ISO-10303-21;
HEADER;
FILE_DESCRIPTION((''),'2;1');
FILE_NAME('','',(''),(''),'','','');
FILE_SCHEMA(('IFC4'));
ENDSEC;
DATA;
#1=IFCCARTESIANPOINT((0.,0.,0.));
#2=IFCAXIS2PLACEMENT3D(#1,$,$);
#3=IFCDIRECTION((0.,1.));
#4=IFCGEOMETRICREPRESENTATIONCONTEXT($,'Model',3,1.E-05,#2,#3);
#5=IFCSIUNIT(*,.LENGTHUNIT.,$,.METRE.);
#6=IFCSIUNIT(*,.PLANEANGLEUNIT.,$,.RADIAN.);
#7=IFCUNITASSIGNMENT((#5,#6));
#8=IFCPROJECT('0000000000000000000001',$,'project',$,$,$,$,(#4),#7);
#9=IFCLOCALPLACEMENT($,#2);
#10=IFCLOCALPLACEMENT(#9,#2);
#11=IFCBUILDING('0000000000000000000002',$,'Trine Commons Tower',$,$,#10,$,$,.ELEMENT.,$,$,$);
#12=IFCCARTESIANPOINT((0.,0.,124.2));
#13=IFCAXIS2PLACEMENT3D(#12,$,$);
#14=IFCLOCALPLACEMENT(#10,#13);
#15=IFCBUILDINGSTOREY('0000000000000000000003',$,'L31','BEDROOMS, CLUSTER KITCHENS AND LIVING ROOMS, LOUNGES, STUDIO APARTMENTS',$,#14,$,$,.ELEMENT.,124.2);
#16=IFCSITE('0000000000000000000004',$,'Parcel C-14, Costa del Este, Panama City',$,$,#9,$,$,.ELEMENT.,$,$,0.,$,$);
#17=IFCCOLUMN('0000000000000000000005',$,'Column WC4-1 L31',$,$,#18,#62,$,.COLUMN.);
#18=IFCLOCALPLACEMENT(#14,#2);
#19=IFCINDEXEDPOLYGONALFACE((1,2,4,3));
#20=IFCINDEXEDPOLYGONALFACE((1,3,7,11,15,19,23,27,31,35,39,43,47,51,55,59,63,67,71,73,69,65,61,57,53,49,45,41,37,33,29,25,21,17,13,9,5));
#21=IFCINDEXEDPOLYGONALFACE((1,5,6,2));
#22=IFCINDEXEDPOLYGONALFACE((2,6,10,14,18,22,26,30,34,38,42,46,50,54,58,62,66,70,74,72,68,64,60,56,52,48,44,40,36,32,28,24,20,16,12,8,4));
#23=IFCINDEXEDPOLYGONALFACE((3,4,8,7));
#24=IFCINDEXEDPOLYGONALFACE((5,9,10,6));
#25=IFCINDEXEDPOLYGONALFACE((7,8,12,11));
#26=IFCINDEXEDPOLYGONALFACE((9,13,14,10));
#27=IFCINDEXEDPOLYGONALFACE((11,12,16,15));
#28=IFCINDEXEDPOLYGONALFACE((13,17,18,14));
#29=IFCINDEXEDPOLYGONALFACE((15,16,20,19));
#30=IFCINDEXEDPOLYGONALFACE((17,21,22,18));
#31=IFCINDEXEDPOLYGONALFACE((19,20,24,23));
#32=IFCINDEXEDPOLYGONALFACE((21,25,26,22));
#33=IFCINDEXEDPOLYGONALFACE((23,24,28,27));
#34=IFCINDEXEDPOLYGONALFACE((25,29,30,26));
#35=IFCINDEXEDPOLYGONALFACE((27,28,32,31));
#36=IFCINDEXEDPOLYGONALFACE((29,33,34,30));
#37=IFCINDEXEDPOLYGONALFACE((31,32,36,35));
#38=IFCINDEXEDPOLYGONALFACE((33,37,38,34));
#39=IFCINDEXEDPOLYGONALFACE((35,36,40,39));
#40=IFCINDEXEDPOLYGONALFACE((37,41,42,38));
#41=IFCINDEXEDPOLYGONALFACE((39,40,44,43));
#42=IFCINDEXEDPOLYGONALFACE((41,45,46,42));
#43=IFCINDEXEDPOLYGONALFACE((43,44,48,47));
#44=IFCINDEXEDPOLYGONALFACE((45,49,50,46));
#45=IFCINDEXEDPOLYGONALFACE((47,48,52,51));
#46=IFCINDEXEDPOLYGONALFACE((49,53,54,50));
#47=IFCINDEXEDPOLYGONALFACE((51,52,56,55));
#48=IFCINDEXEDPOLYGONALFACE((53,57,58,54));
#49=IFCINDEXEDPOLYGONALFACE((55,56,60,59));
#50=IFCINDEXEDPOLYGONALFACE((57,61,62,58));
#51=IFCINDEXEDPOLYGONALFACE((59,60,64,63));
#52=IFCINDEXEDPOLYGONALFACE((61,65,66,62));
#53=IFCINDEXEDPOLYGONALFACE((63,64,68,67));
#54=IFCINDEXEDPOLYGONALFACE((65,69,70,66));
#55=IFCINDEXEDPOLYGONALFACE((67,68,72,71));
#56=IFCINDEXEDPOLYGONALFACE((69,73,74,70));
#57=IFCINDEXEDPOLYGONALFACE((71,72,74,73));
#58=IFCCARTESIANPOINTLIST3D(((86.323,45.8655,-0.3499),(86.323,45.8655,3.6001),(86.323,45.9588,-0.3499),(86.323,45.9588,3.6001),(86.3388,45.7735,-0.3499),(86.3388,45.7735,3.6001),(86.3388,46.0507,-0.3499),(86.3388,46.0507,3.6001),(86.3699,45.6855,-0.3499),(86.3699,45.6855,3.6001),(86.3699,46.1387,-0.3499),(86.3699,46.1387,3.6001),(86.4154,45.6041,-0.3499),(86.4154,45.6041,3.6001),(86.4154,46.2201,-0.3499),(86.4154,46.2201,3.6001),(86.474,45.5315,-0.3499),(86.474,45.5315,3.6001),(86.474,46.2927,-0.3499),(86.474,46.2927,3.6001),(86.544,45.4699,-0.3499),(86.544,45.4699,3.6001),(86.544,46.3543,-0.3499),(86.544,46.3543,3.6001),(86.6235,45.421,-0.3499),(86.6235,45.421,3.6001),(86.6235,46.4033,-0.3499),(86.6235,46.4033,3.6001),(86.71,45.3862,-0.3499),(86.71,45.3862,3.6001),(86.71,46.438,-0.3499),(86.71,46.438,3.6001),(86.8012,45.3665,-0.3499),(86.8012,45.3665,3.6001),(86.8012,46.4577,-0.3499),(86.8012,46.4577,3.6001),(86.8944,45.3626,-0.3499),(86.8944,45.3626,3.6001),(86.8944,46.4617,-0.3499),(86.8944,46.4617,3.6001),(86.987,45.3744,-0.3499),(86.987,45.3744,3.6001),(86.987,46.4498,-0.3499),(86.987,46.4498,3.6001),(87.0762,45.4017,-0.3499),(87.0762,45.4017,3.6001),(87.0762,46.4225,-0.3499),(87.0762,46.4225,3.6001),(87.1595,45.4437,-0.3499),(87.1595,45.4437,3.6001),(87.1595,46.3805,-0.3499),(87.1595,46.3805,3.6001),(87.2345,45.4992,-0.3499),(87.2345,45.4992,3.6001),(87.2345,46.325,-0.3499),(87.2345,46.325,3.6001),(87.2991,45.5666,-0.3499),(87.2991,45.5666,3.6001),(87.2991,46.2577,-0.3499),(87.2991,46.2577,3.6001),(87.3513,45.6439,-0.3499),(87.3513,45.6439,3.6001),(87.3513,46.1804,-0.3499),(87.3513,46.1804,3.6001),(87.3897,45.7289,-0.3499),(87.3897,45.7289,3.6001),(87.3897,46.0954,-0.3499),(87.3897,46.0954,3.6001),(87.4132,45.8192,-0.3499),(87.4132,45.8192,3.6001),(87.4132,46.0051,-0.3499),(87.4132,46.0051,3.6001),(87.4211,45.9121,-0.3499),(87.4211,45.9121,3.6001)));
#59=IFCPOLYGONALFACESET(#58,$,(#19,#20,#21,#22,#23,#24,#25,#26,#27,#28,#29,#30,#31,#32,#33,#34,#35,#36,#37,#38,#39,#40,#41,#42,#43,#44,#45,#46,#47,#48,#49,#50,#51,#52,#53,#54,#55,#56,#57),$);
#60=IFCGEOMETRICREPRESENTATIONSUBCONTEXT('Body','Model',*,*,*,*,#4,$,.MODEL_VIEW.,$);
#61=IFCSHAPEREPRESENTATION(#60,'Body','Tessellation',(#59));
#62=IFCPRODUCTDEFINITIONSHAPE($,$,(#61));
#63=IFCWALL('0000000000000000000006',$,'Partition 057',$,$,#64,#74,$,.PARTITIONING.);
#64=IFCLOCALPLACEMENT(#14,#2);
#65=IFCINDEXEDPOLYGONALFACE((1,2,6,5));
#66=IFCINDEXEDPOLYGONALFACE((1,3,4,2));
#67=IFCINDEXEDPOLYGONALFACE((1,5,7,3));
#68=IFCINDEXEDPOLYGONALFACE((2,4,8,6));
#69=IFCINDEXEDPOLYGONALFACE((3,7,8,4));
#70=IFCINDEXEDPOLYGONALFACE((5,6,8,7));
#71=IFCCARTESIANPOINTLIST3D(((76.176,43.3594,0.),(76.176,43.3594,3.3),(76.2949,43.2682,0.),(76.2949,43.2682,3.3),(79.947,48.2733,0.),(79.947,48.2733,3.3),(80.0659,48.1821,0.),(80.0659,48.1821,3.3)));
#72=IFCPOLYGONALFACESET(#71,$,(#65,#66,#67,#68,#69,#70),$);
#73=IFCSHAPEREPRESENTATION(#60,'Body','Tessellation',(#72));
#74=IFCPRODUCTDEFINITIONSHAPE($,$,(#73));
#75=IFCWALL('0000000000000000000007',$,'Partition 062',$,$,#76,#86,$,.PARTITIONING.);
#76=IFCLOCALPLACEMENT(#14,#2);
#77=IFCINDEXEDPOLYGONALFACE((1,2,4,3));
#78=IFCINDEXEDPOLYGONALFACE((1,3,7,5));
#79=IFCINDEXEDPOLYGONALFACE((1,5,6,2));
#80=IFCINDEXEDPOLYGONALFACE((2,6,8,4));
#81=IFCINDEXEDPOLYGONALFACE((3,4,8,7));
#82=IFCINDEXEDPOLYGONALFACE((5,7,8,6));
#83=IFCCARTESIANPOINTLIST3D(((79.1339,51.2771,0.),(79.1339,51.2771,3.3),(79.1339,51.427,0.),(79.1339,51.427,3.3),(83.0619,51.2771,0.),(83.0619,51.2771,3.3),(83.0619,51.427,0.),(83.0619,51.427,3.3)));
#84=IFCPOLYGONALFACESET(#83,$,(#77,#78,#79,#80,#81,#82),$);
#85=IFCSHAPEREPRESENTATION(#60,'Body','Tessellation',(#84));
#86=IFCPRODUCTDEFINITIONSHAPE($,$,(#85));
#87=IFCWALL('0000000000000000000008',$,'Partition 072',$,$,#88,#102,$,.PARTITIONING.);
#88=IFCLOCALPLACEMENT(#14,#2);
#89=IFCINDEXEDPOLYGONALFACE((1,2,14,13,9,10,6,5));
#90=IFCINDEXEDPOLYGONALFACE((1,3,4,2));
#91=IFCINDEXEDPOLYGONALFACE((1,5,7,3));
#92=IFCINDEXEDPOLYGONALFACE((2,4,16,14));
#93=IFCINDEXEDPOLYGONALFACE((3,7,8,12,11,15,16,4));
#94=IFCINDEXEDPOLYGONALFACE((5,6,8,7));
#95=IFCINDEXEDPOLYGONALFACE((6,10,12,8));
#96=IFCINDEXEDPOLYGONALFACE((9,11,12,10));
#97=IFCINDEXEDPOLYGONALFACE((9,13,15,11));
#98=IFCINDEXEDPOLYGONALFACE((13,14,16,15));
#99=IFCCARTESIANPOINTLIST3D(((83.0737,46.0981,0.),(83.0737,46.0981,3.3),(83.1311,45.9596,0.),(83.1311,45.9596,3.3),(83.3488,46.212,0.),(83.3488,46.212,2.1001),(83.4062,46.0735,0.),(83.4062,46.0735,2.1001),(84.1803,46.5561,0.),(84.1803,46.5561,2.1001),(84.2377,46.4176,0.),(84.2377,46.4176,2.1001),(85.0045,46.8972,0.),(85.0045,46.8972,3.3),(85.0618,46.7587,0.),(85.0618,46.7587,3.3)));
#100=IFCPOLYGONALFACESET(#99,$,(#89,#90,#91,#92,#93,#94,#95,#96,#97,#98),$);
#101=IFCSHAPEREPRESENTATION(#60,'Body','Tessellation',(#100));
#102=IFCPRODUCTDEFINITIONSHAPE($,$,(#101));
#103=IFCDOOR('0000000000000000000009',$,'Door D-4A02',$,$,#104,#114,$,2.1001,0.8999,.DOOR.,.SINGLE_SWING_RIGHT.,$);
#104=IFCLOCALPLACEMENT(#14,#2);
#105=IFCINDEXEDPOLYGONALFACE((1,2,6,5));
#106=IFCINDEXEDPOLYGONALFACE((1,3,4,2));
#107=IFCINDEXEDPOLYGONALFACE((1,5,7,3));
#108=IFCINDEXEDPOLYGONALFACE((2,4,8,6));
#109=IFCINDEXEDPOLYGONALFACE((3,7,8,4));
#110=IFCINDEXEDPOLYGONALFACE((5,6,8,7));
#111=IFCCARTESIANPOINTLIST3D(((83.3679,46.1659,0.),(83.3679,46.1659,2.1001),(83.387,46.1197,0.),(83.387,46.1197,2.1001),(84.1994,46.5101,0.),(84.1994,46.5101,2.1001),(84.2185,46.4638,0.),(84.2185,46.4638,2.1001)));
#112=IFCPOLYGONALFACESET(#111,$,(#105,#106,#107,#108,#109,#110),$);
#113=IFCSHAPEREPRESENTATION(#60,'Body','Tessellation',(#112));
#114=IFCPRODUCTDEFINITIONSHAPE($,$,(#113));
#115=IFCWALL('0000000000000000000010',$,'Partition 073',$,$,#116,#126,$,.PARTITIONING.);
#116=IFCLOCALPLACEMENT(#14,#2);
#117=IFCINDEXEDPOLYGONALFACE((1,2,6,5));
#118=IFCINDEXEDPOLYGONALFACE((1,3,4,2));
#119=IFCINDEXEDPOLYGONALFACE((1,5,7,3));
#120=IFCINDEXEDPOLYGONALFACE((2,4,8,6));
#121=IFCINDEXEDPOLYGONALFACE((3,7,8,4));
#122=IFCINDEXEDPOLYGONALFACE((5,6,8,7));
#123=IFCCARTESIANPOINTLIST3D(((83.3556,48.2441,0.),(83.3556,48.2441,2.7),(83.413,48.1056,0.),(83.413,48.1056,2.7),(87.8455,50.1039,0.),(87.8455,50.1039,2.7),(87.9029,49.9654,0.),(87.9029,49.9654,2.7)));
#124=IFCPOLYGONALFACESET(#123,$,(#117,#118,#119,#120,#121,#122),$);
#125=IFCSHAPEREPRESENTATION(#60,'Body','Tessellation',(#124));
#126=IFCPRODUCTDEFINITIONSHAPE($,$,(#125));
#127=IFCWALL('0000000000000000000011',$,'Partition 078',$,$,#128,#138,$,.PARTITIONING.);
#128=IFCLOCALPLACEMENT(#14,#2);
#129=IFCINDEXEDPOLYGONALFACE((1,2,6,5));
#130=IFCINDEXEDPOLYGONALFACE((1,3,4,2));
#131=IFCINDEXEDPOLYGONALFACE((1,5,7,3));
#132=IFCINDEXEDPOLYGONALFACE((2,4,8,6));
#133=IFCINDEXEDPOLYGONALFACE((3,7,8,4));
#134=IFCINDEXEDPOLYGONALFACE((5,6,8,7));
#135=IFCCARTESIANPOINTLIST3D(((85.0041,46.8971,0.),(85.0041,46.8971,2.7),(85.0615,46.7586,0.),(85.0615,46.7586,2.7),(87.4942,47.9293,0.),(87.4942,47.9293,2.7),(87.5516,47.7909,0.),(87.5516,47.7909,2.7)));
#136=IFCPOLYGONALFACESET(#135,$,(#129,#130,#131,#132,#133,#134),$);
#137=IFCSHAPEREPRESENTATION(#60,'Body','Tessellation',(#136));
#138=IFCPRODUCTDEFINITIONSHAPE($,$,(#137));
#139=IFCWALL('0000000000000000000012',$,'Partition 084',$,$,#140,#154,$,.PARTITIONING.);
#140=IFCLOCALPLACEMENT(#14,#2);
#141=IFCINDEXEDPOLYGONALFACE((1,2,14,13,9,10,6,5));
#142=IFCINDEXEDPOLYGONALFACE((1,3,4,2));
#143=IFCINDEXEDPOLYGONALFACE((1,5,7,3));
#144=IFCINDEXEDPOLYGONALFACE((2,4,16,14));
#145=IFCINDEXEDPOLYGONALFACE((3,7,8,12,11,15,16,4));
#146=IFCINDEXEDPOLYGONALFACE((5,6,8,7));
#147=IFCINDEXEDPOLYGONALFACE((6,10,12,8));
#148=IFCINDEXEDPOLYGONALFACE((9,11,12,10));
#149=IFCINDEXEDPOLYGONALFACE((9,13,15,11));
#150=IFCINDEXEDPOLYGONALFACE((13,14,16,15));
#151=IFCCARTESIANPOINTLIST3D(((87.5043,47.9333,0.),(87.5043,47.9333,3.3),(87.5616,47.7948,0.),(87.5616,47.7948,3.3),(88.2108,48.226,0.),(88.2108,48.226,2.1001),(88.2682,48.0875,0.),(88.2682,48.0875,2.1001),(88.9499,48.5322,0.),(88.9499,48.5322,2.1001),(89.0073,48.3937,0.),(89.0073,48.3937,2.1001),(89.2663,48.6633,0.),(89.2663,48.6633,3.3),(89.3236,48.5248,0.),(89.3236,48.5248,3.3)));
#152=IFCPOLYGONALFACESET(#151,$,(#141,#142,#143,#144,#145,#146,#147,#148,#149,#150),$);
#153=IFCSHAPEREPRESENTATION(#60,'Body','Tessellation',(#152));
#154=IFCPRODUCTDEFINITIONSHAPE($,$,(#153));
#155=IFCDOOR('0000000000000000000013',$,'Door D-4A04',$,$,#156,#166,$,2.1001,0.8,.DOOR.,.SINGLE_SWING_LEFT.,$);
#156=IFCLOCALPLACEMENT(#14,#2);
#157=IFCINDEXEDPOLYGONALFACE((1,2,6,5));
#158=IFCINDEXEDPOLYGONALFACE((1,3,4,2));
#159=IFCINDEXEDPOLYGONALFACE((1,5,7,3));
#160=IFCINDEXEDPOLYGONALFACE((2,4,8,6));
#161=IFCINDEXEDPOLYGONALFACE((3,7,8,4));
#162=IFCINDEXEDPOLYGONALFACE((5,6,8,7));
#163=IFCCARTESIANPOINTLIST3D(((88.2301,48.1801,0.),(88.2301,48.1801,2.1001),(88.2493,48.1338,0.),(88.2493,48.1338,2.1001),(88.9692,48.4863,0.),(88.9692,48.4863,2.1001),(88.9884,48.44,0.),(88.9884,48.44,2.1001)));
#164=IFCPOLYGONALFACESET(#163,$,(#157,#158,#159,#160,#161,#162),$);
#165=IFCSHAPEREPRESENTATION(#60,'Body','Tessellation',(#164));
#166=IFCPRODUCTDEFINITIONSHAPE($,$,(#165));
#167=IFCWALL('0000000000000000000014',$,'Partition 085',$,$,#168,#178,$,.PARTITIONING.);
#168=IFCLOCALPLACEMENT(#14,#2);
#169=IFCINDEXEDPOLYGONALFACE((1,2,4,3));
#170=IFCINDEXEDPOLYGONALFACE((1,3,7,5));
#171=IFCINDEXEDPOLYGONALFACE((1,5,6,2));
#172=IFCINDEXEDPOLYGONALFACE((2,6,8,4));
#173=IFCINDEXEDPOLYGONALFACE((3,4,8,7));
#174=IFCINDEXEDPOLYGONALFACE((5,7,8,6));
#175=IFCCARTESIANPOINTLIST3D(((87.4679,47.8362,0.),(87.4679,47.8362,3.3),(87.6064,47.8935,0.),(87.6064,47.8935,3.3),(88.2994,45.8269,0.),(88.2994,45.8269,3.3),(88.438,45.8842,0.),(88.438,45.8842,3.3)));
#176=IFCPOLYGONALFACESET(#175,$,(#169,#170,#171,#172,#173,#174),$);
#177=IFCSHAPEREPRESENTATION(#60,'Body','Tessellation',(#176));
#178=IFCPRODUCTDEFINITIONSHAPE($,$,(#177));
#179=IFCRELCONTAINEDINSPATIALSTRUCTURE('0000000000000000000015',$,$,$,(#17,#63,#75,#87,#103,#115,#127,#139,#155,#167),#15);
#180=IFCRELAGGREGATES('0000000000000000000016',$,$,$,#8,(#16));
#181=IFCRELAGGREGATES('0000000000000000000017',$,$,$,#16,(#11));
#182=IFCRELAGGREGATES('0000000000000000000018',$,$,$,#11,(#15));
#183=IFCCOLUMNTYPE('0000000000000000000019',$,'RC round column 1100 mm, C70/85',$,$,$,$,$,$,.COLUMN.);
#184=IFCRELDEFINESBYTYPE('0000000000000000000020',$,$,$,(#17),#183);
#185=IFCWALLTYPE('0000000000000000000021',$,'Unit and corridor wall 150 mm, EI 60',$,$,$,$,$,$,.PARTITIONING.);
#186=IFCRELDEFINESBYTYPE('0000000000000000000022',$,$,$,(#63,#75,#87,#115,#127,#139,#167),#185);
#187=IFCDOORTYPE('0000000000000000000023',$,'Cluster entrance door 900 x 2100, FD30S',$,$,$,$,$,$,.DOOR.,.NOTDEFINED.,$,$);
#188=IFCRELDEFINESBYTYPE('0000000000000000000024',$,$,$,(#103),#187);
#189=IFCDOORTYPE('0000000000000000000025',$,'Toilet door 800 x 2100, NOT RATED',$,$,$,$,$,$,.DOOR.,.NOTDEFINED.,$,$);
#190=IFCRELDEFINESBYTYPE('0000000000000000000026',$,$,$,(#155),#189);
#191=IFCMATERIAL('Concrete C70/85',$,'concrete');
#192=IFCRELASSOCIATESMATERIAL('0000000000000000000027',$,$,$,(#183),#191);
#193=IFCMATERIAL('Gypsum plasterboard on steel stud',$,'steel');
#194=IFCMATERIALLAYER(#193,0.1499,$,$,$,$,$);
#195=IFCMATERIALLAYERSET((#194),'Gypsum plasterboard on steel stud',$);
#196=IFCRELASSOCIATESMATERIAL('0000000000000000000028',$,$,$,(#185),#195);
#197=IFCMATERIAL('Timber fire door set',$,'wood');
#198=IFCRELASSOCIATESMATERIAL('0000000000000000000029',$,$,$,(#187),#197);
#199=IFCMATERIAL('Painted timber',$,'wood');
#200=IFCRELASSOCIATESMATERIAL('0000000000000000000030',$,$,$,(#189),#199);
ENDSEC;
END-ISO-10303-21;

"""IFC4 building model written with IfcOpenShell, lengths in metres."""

from ifc_helpers import new_model, si_unit, direction, frame, frame_2d, origin, origin_2d, place, context, subcontext, project, spatial, rectangle, circle, extrude, material, layer, layer_set, material_profile, profile_set, type_object, element, fill, save


model = new_model("IFC4")

# Units and contexts
model_context = context("Model", 3, precision=1e-05, world=origin(), true_north=direction((0.0, 1.0)))
body_context = subcontext(model_context, "Body", "Model", "MODEL_VIEW")
ifc_project = project(units=[si_unit("LENGTHUNIT", "METRE"), si_unit("PLANEANGLEUNIT", "RADIAN")], contexts=[model_context])

# Site, building, storey
site_placement = place(None, origin())
site = spatial("IfcSite", under=ifc_project, at=site_placement, Name="Parcel C-14, Costa del Este, Panama City", CompositionType="ELEMENT", RefElevation=0.0)
building_placement = place(site_placement, origin())
building = spatial("IfcBuilding", under=site, at=building_placement, Name="Trine Commons Tower", CompositionType="ELEMENT")
storey_placement = place(building_placement, frame((0.0, 0.0, 124.2)))
storey = spatial("IfcBuildingStorey", under=building, at=storey_placement, Name="L31", Description="BEDROOMS, CLUSTER KITCHENS AND LIVING ROOMS, LOUNGES, STUDIO APARTMENTS", CompositionType="ELEMENT", Elevation=124.2)

# Column
ifc_material_1 = material(Name="Concrete C70/85", Category="concrete")
ifc_material_profile = material_profile(ifc_material_1, circle(Radius=0.55, at=origin_2d()), Name="RC round 1100")
ifc_profile_set = profile_set([ifc_material_profile], Name="Concrete C70/85")
column_type = type_object("IfcColumnType", Name="RC round column 1100 mm, C70/85", PredefinedType="COLUMN", material=ifc_profile_set)
column_placement = place(storey_placement, frame((86.8711, 45.9121, -0.3499), z_axis=(0.0, 0.0, 1.0), x_axis=(1.0, 0.0, 0.0)))
element("IfcColumn", 1, at=column_placement, inside=storey, type_object=column_type, Name="Column WC4-1 L31", PredefinedType="COLUMN", context=body_context, shape_type="SweptSolid", body=[
    extrude(circle(Radius=0.55, at=origin_2d()), origin(), (0.0, 0.0, 1.0), 3.95),
])

# Walls
ifc_material_2 = material(Name="Gypsum plasterboard on steel stud", Category="steel")
ifc_layer_1 = layer(ifc_material_2, 0.1499)
ifc_layer_set_1 = layer_set([ifc_layer_1], Name="Gypsum plasterboard on steel stud")
wall_type_1 = type_object("IfcWallType", Name="Unit and corridor wall 150 mm, EI 60", PredefinedType="PARTITIONING", material=ifc_layer_set_1)
wall_1_placement = place(storey_placement, frame((76.2354, 43.3137, 0.0), z_axis=(0.0, 0.0, 1.0), x_axis=(0.608811, 0.793315, 0.0)))
element("IfcWall", 2, at=wall_1_placement, inside=storey, type_object=wall_type_1, Name="Partition 057", PredefinedType="PARTITIONING", context=body_context, shape_type="SweptSolid", body=[
    extrude(rectangle(XDim=6.1941, YDim=0.1499, at=frame_2d((3.0972, 0.0))), origin(), (0.0, 0.0, 1.0), 3.3),
])
wall_2_placement = place(storey_placement, frame((79.134, 51.3521, 0.0), z_axis=(0.0, 0.0, 1.0), x_axis=(1.0, 0.0, 0.0)))
element("IfcWall", 3, at=wall_2_placement, inside=storey, type_object=wall_type_1, Name="Partition 062", PredefinedType="PARTITIONING", context=body_context, shape_type="SweptSolid", body=[
    extrude(rectangle(XDim=3.928, YDim=0.1499, at=frame_2d((1.9639, 0.0))), origin(), (0.0, 0.0, 1.0), 3.3),
])

# Wall, opening, door
wall_3_placement = place(storey_placement, frame((83.1023, 46.0288, 0.0), z_axis=(0.0, 0.0, 1.0), x_axis=(0.923987, 0.382424, 0.0)))
wall_3 = element("IfcWall", 4, at=wall_3_placement, inside=storey, type_object=wall_type_1, Name="Partition 072", PredefinedType="PARTITIONING", context=body_context, shape_type="SweptSolid", body=[
    extrude(rectangle(XDim=2.0896, YDim=0.1499, at=frame_2d((1.0449, 0.0))), origin(), (0.0, 0.0, 1.0), 3.3),
])
opening_1_placement = place(wall_3_placement, frame((0.2979, 0.0, 0.0)))
opening_1 = element("IfcOpeningElement", 5, at=opening_1_placement, cuts=wall_3, PredefinedType="OPENING", context=body_context, shape_type="SweptSolid", body=[
    extrude(rectangle(XDim=0.8999, YDim=2.1001, at=frame_2d((0.45, 1.05))), frame((0.0, 0.085, 0.0), z_axis=(0.0, -1.0, 0.0), x_axis=(1.0, 0.0, 0.0)), (0.0, 0.0, 1.0), 0.1699),
])
ifc_material_3 = material(Name="Timber fire door set", Category="wood")
door_type_1 = type_object("IfcDoorType", Name="Cluster entrance door 900 x 2100, FD30S", OperationType="NOTDEFINED", PredefinedType="DOOR", material=ifc_material_3)
door_1_placement = place(opening_1_placement, frame((0.8999, 0.0, 0.0), z_axis=(0.0, 0.0, 1.0), x_axis=(-1.0, 0.0, 0.0)))
door_1 = element("IfcDoor", 6, at=door_1_placement, inside=storey, type_object=door_type_1, Name="Door D-4A02", OperationType="SINGLE_SWING_RIGHT", OverallHeight=2.1001, OverallWidth=0.8999, PredefinedType="DOOR", context=body_context, shape_type="SweptSolid", body=[
    extrude(rectangle(XDim=0.8999, YDim=2.1001, at=frame_2d((0.45, 1.05))), frame((0.0, 0.0249, 0.0), z_axis=(0.0, -1.0, 0.0), x_axis=(1.0, 0.0, 0.0)), (0.0, 0.0, 1.0), 0.05),
])
fill(opening_1, door_1)

# Walls
wall_4_placement = place(storey_placement, frame((83.3843, 48.1748, 0.0), z_axis=(0.0, 0.0, 1.0), x_axis=(0.923876, 0.382692, 0.0)))
element("IfcWall", 7, at=wall_4_placement, inside=storey, type_object=wall_type_1, Name="Partition 073", PredefinedType="PARTITIONING", context=body_context, shape_type="SweptSolid", body=[
    extrude(rectangle(XDim=4.8599, YDim=0.1499, at=frame_2d((2.4299, 0.0))), origin(), (0.0, 0.0, 1.0), 2.7),
])
wall_5_placement = place(storey_placement, frame((85.033, 46.8279, 0.0), z_axis=(0.0, 0.0, 1.0), x_axis=(0.923769, 0.382949, 0.0)))
element("IfcWall", 8, at=wall_5_placement, inside=storey, type_object=wall_type_1, Name="Partition 078", PredefinedType="PARTITIONING", context=body_context, shape_type="SweptSolid", body=[
    extrude(rectangle(XDim=2.6956, YDim=0.1499, at=frame_2d((1.3477, 0.0))), origin(), (0.0, 0.0, 1.0), 2.7),
])

# Wall, opening, door
wall_6_placement = place(storey_placement, frame((87.533, 47.864, 0.0), z_axis=(0.0, 0.0, 1.0), x_axis=(0.923851, 0.382751, 0.0)))
wall_6 = element("IfcWall", 9, at=wall_6_placement, inside=storey, type_object=wall_type_1, Name="Partition 084", PredefinedType="PARTITIONING", context=body_context, shape_type="SweptSolid", body=[
    extrude(rectangle(XDim=1.9072, YDim=0.1499, at=frame_2d((0.9536, 0.0))), origin(), (0.0, 0.0, 1.0), 3.3),
])
opening_2_placement = place(wall_6_placement, frame((0.7649, 0.0, 0.0)))
opening_2 = element("IfcOpeningElement", 10, at=opening_2_placement, cuts=wall_6, PredefinedType="OPENING", context=body_context, shape_type="SweptSolid", body=[
    extrude(rectangle(XDim=0.8, YDim=2.1001, at=frame_2d((0.3999, 1.05))), frame((0.0, 0.085, 0.0), z_axis=(0.0, -1.0, 0.0), x_axis=(1.0, 0.0, 0.0)), (0.0, 0.0, 1.0), 0.1699),
])
ifc_material_4 = material(Name="Painted timber", Category="wood")
door_type_2 = type_object("IfcDoorType", Name="Toilet door 800 x 2100, NOT RATED", OperationType="NOTDEFINED", PredefinedType="DOOR", material=ifc_material_4)
door_2_placement = place(opening_2_placement, frame((0.8, 0.0, 0.0), z_axis=(0.0, 0.0, 1.0), x_axis=(-1.0, 0.0, 0.0)))
door_2 = element("IfcDoor", 11, at=door_2_placement, inside=storey, type_object=door_type_2, Name="Door D-4A04", OperationType="SINGLE_SWING_LEFT", OverallHeight=2.1001, OverallWidth=0.8, PredefinedType="DOOR", context=body_context, shape_type="SweptSolid", body=[
    extrude(rectangle(XDim=0.8, YDim=2.1001, at=frame_2d((0.3999, 1.05))), frame((0.0, 0.0249, 0.0), z_axis=(0.0, -1.0, 0.0), x_axis=(1.0, 0.0, 0.0)), (0.0, 0.0, 1.0), 0.05),
])
fill(opening_2, door_2)

# Wall
wall_7_placement = place(storey_placement, frame((87.5371, 47.865, 0.0), z_axis=(0.0, 0.0, 1.0), x_axis=(0.382398, -0.923998, 0.0)))
element("IfcWall", 12, at=wall_7_placement, inside=storey, type_object=wall_type_1, Name="Partition 085", PredefinedType="PARTITIONING", context=body_context, shape_type="SweptSolid", body=[
    extrude(rectangle(XDim=2.1746, YDim=0.1499, at=frame_2d((1.0874, 0.0))), origin(), (0.0, 0.0, 1.0), 3.3),
])

save(model, "model.ifc")
